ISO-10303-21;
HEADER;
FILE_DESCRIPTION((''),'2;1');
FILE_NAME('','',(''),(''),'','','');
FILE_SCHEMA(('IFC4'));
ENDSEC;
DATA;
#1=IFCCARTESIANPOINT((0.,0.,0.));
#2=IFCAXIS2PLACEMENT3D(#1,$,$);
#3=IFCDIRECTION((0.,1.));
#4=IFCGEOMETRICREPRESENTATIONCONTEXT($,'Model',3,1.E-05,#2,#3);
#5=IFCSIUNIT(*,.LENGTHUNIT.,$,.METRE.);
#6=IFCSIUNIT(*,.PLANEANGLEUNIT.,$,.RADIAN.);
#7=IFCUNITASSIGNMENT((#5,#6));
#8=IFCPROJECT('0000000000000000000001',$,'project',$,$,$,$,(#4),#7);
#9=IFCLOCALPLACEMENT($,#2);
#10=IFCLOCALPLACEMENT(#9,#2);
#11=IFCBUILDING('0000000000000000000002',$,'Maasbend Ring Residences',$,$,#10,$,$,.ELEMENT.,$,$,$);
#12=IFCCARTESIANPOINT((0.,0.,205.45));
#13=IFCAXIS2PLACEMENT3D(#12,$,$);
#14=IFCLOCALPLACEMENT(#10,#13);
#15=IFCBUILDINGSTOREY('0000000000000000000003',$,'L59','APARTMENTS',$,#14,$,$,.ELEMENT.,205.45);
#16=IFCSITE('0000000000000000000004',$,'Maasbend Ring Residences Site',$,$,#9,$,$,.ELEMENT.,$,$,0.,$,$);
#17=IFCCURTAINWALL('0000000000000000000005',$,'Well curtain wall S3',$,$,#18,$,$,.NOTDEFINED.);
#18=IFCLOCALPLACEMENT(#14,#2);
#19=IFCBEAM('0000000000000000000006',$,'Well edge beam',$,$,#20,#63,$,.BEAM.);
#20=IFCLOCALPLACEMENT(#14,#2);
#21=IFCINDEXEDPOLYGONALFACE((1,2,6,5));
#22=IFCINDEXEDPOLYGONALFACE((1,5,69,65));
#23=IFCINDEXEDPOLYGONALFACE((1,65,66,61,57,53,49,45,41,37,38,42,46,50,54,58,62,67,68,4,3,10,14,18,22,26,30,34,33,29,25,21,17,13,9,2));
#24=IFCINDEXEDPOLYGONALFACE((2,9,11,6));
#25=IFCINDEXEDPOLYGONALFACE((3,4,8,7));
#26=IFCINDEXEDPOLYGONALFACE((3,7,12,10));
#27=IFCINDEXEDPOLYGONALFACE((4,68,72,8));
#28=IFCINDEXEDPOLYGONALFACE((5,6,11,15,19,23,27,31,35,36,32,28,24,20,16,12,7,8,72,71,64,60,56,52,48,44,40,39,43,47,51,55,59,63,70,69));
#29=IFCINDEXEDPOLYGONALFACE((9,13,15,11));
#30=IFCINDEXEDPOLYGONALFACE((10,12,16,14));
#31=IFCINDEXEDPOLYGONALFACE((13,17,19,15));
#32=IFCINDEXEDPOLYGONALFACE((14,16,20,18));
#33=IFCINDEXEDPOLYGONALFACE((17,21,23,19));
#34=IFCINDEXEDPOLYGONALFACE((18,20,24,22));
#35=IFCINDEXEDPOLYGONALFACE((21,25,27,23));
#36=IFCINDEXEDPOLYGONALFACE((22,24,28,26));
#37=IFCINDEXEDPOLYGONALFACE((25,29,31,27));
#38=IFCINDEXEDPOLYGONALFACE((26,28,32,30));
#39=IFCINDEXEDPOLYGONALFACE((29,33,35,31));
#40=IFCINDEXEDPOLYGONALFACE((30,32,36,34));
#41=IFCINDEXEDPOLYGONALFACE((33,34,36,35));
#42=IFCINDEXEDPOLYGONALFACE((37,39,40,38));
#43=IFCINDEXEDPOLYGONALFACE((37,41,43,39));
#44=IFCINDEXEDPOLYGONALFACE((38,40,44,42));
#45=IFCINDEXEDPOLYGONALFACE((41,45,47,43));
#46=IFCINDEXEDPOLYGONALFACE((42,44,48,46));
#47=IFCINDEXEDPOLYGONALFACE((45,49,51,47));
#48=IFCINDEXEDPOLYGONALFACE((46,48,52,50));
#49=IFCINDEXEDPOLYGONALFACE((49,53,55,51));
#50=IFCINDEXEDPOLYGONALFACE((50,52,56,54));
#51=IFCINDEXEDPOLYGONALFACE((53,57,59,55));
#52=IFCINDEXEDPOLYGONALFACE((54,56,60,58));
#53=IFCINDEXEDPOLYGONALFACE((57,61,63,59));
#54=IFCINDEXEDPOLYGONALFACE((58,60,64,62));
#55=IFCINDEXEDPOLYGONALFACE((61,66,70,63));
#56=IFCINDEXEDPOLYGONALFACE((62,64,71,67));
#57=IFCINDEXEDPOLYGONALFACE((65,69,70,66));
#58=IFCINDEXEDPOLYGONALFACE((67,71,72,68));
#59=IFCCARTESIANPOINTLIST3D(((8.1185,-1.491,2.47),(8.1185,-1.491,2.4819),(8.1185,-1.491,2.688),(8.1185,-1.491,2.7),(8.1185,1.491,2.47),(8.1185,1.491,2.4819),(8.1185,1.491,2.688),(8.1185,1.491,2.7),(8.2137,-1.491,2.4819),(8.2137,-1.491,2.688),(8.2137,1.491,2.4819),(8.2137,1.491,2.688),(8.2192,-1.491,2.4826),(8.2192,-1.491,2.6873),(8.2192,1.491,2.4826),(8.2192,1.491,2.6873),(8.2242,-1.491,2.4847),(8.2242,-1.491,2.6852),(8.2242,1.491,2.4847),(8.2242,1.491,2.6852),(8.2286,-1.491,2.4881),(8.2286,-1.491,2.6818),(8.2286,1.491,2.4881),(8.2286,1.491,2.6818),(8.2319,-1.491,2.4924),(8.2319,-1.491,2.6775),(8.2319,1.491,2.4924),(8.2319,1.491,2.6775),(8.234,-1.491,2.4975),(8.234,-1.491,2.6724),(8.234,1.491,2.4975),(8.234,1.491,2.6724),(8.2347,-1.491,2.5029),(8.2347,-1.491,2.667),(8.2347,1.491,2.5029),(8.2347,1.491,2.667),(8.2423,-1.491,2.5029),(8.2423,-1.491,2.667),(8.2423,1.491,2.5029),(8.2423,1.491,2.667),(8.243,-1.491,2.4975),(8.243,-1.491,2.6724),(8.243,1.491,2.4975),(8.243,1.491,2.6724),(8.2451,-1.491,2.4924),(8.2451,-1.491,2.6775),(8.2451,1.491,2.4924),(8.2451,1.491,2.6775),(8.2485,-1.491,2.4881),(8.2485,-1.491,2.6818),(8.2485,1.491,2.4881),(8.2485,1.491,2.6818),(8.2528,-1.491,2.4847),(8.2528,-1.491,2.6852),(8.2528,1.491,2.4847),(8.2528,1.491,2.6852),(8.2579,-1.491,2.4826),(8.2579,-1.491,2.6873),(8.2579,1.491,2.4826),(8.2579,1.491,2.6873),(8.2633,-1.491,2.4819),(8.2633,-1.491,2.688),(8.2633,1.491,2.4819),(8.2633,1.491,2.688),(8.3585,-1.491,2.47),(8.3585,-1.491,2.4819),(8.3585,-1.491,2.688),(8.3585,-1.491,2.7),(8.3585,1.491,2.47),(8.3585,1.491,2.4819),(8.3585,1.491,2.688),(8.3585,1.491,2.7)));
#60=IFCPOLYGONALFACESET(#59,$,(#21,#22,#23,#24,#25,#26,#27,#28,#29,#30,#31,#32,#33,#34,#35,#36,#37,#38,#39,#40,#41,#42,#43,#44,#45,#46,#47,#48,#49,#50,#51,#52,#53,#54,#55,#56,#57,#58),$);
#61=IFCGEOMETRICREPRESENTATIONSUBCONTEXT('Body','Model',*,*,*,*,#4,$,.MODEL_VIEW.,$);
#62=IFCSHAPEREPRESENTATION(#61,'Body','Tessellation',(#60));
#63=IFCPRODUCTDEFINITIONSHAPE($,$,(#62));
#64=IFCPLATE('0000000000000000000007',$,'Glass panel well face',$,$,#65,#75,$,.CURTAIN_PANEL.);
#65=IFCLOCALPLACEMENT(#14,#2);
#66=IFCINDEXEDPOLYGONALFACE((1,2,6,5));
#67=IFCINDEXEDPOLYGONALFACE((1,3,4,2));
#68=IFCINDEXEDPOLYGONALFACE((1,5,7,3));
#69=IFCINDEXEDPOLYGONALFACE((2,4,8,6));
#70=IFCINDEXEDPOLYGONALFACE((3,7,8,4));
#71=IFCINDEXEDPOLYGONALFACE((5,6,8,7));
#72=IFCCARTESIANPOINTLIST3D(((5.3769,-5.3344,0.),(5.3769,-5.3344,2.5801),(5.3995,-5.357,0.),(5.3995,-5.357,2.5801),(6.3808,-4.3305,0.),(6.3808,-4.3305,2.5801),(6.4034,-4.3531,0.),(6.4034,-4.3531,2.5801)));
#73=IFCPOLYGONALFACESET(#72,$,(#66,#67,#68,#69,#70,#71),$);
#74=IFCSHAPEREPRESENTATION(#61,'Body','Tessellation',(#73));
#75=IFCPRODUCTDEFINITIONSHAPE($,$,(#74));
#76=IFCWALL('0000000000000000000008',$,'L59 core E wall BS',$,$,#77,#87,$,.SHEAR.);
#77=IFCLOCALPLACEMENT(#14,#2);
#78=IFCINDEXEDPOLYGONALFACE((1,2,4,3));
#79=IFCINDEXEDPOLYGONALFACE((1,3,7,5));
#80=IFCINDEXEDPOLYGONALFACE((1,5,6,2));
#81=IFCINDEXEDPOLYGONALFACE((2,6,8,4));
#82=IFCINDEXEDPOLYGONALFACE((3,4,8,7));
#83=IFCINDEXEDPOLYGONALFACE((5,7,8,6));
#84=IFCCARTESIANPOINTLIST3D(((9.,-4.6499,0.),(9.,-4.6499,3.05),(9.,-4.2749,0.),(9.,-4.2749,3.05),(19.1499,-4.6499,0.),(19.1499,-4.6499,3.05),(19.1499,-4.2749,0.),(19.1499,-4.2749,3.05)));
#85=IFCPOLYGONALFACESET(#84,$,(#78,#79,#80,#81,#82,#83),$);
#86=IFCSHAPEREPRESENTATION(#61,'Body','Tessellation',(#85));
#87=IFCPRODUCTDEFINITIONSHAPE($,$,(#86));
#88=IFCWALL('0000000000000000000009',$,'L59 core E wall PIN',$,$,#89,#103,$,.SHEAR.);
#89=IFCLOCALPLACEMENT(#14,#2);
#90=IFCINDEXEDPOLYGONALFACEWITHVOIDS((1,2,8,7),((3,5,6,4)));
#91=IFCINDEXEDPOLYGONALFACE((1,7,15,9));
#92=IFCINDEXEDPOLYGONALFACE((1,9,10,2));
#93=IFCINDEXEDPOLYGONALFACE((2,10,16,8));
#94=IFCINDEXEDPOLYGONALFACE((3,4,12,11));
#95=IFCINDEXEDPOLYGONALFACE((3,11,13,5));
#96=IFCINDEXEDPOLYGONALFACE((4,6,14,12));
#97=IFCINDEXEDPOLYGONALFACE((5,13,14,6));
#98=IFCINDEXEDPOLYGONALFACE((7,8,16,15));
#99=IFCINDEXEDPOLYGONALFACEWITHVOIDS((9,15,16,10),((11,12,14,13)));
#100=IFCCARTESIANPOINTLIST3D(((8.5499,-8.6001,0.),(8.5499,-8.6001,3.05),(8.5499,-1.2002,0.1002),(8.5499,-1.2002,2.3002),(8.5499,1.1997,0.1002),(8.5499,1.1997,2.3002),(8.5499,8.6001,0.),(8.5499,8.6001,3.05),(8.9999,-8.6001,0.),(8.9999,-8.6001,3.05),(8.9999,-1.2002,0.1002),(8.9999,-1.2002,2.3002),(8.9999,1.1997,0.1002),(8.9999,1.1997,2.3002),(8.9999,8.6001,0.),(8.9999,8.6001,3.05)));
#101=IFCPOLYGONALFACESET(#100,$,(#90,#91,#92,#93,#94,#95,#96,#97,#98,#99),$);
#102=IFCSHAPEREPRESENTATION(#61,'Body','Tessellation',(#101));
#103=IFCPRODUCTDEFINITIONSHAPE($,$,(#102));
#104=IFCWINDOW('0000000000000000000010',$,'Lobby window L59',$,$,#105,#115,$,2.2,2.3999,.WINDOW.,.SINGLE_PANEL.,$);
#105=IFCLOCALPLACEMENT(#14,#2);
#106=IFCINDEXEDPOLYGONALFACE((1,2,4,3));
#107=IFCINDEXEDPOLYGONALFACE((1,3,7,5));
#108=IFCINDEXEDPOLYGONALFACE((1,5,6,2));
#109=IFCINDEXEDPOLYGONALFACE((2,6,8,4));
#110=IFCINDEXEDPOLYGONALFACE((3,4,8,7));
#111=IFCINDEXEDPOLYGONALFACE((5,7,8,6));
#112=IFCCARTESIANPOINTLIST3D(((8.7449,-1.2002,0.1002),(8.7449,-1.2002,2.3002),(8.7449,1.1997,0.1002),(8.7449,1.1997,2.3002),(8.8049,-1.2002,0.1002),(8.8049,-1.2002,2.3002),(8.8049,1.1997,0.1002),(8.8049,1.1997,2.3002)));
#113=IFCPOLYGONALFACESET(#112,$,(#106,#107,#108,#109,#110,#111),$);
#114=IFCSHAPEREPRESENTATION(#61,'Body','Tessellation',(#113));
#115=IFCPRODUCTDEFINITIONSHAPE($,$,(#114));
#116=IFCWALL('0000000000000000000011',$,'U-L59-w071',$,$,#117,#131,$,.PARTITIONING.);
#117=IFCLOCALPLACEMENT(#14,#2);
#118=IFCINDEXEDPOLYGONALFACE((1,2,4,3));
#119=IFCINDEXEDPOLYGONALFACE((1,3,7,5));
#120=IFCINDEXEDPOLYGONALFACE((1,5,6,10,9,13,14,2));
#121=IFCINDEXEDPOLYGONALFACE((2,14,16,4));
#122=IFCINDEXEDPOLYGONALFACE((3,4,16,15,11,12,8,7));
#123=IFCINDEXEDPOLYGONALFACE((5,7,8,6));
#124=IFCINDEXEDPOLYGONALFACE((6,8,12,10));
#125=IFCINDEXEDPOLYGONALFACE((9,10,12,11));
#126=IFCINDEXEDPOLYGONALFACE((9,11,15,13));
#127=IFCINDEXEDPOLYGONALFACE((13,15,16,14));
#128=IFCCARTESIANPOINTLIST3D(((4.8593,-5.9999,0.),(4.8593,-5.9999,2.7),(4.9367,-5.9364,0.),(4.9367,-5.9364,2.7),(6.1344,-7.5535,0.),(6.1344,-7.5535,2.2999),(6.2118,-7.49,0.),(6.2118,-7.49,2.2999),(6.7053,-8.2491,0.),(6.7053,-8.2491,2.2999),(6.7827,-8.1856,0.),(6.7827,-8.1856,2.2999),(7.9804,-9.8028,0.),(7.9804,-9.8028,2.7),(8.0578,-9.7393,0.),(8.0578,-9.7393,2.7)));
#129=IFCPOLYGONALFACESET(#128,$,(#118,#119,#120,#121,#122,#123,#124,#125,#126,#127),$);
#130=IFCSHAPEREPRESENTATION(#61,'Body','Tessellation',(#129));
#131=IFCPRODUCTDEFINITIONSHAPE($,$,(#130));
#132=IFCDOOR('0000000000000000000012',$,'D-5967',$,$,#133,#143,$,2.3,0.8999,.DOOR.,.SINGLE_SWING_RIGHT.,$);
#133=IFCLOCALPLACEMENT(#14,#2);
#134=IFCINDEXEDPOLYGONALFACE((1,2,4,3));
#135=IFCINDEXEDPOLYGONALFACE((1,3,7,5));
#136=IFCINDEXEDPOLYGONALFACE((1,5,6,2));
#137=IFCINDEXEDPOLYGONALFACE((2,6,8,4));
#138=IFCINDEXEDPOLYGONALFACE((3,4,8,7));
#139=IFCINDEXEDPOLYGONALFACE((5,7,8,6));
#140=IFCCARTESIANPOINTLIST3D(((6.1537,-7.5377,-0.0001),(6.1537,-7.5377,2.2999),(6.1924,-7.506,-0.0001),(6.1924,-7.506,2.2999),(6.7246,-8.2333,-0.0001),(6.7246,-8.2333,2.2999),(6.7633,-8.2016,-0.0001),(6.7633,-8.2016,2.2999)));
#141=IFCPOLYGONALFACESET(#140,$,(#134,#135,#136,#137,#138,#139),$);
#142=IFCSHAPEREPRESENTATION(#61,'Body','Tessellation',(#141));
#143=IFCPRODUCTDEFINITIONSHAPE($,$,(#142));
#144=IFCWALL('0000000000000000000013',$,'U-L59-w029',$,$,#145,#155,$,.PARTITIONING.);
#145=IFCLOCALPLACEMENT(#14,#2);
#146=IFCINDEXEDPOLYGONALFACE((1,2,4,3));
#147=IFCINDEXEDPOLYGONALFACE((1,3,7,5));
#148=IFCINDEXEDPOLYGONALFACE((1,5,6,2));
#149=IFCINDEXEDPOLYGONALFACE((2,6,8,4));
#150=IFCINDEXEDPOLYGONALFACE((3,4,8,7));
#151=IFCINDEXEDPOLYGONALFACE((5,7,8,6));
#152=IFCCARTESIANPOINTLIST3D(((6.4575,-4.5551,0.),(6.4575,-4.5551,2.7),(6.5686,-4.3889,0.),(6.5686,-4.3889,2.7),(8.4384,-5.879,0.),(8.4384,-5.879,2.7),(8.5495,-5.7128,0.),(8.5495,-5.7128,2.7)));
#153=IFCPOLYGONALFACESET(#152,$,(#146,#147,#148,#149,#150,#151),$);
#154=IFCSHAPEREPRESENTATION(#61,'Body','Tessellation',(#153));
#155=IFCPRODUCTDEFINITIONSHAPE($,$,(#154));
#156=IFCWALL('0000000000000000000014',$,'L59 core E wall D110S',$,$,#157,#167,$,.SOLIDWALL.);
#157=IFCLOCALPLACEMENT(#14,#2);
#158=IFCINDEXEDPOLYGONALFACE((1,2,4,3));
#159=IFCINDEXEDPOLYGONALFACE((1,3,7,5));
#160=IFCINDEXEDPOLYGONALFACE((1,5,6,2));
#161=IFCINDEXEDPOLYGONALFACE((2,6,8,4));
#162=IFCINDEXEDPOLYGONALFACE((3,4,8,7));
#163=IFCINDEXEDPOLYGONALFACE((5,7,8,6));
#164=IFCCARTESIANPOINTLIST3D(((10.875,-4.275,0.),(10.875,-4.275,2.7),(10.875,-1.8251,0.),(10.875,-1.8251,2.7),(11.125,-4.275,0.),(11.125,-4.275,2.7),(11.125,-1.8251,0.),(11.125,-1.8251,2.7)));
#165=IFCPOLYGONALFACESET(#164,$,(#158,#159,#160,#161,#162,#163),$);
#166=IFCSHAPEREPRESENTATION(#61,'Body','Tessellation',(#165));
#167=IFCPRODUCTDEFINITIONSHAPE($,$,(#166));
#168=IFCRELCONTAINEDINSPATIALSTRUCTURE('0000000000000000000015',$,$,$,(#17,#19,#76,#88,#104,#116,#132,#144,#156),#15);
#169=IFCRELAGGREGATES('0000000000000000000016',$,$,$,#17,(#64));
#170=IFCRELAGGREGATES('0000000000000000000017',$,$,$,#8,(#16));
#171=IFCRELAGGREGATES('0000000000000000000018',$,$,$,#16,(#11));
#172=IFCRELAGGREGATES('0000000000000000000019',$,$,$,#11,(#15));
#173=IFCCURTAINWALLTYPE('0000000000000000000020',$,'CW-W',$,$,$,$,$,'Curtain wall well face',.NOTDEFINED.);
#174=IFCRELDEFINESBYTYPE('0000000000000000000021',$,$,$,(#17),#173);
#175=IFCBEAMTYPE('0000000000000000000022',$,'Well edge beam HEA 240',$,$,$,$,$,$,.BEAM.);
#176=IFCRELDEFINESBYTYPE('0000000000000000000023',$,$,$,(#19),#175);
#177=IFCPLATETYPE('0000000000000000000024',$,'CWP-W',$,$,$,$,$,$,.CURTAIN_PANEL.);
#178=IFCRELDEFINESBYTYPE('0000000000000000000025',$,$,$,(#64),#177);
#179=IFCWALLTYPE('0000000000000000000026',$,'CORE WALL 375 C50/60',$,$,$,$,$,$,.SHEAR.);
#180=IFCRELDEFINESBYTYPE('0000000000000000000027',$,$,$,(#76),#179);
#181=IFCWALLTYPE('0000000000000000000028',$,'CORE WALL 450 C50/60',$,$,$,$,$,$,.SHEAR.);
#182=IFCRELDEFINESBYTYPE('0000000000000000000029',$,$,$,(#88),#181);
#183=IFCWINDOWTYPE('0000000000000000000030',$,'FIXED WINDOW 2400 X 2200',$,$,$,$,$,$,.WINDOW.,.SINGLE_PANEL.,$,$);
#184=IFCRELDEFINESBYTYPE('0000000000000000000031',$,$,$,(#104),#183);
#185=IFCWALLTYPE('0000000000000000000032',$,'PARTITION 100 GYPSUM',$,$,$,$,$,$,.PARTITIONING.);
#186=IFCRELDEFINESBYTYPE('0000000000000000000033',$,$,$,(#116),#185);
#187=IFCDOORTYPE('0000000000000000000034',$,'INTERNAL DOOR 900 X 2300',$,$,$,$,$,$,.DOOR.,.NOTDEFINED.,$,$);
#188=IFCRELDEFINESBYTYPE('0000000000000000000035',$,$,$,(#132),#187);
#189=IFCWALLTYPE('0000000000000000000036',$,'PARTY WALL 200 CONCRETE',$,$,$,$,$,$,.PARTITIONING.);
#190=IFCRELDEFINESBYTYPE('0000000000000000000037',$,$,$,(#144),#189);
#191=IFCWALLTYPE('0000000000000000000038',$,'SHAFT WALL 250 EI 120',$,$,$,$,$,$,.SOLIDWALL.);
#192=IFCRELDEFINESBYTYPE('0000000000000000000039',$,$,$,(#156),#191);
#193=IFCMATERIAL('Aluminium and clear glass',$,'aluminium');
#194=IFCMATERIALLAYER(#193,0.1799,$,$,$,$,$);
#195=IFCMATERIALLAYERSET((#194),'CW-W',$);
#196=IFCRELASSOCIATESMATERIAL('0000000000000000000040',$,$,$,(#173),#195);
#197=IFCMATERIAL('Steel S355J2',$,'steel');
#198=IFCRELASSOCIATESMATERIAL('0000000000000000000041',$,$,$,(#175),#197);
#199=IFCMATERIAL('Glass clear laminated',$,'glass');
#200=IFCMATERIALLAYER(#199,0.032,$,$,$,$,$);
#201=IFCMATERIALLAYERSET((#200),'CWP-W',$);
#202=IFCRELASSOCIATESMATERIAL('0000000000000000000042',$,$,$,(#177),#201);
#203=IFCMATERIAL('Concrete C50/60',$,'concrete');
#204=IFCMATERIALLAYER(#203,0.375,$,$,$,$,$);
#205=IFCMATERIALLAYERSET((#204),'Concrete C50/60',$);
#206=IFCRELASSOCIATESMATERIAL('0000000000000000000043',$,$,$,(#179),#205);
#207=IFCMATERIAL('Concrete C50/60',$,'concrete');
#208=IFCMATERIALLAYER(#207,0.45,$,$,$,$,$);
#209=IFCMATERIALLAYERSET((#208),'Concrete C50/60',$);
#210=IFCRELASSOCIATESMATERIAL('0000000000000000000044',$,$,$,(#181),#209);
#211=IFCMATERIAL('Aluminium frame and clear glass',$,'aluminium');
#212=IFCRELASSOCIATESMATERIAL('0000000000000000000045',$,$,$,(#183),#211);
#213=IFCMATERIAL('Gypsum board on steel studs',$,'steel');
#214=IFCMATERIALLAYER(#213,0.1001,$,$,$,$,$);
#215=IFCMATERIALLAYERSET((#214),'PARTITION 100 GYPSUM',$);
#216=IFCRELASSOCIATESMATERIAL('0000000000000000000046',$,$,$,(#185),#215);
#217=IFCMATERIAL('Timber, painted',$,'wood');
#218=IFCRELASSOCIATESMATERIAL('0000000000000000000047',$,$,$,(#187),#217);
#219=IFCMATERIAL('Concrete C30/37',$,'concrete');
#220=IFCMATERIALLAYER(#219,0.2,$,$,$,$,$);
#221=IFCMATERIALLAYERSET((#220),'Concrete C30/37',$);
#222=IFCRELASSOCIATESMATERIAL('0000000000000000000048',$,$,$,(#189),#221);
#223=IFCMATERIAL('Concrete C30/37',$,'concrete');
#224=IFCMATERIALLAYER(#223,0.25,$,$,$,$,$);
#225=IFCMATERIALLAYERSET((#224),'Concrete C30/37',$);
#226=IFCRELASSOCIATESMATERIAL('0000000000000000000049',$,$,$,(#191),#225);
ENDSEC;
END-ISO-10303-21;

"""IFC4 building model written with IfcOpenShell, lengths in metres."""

from ifc_helpers import new_model, si_unit, direction, frame, frame_2d, origin, origin_2d, place, context, subcontext, project, spatial, rectangle, i_section, extrude, material, layer, layer_set, material_profile, profile_set, type_object, element, fill, aggregate, save


model = new_model("IFC4")

# Units and contexts
model_context = context("Model", 3, precision=1e-05, world=origin(), true_north=direction((0.0, 1.0)))
body_context = subcontext(model_context, "Body", "Model", "MODEL_VIEW")
ifc_project = project(units=[si_unit("LENGTHUNIT", "METRE"), si_unit("PLANEANGLEUNIT", "RADIAN")], contexts=[model_context])

# Site, building, storey
site_placement = place(None, origin())
site = spatial("IfcSite", under=ifc_project, at=site_placement, Name="Maasbend Ring Residences Site", CompositionType="ELEMENT", RefElevation=0.0)
building_placement = place(site_placement, origin())
building = spatial("IfcBuilding", under=site, at=building_placement, Name="Maasbend Ring Residences", CompositionType="ELEMENT")
storey_placement = place(building_placement, frame((0.0, 0.0, 205.45)))
storey = spatial("IfcBuildingStorey", under=building, at=storey_placement, Name="L59", Description="APARTMENTS", CompositionType="ELEMENT", Elevation=205.45)

# Curtain wall
ifc_material_1 = material(Name="Aluminium and clear glass", Category="aluminium")
ifc_layer_1 = layer(ifc_material_1, 0.1799)
ifc_layer_set_1 = layer_set([ifc_layer_1], Name="CW-W")
curtain_wall_type = type_object("IfcCurtainWallType", Name="CW-W", ElementType="Curtain wall well face", PredefinedType="NOTDEFINED", material=ifc_layer_set_1)
curtain_wall_placement = place(storey_placement, origin())
curtain_wall = element("IfcCurtainWall", 1, at=curtain_wall_placement, inside=storey, type_object=curtain_wall_type, Name="Well curtain wall S3", PredefinedType="NOTDEFINED")

# Beam
ifc_material_2 = material(Name="Steel S355J2", Category="steel")
ifc_material_profile_1 = material_profile(ifc_material_2, i_section(OverallWidth=0.24, OverallDepth=0.23, WebThickness=0.0076, FlangeThickness=0.012, FilletRadius=0.021, at=origin_2d()), Name="HEA 240")
ifc_profile_set_1 = profile_set([ifc_material_profile_1], Name="Steel S355J2")
beam_type = type_object("IfcBeamType", Name="Well edge beam HEA 240", PredefinedType="BEAM", material=ifc_profile_set_1)
beam_1_placement = place(storey_placement, frame((8.2385, -1.491, 2.585), z_axis=(0.0, 1.0, 0.0), x_axis=(-1.0, 0.0, 0.0)))
element("IfcBeam", 2, at=beam_1_placement, inside=storey, type_object=beam_type, Name="Well edge beam", PredefinedType="BEAM", context=body_context, shape_type="SweptSolid", body=[
    extrude(i_section(OverallWidth=0.24, OverallDepth=0.23, WebThickness=0.0076, FlangeThickness=0.012, FilletRadius=0.021, at=origin_2d()), origin(), (0.0, 0.0, 1.0), 2.9819),
])

# Plate
ifc_material_3 = material(Name="Glass clear laminated", Category="glass")
ifc_layer_2 = layer(ifc_material_3, 0.032)
ifc_layer_set_2 = layer_set([ifc_layer_2], Name="CWP-W")
plate_type = type_object("IfcPlateType", Name="CWP-W", PredefinedType="CURTAIN_PANEL", material=ifc_layer_set_2)
plate_placement = place(storey_placement, frame((5.8901, -4.8438, 0.0), z_axis=(0.0, 0.0, 1.0), x_axis=(0.707107, 0.707107, 0.0)))
plate = element("IfcPlate", 3, at=plate_placement, type_object=plate_type, Name="Glass panel well face", PredefinedType="CURTAIN_PANEL", context=body_context, shape_type="SweptSolid", body=[
    extrude(rectangle(XDim=1.4197, YDim=0.032, at=origin_2d()), origin(), (0.0, 0.0, 1.0), 2.5801),
])
aggregate(curtain_wall, [plate])

# Wall
ifc_material_4 = material(Name="Concrete C50/60", Category="concrete")
ifc_layer_3 = layer(ifc_material_4, 0.375)
ifc_layer_set_3 = layer_set([ifc_layer_3], Name="Concrete C50/60")
wall_type_1 = type_object("IfcWallType", Name="CORE WALL 375 C50/60", PredefinedType="SHEAR", material=ifc_layer_set_3)
wall_1_placement = place(storey_placement, frame((9.0, -4.4624, 0.0), z_axis=(0.0, 0.0, 1.0), x_axis=(1.0, 0.0, 0.0)))
element("IfcWall", 4, at=wall_1_placement, inside=storey, type_object=wall_type_1, Name="L59 core E wall BS", PredefinedType="SHEAR", context=body_context, shape_type="SweptSolid", body=[
    extrude(rectangle(XDim=10.1499, YDim=0.375, at=frame_2d((5.075, 0.0))), origin(), (0.0, 0.0, 1.0), 3.05),
])

# Wall, opening, window
ifc_material_5 = material(Name="Concrete C50/60", Category="concrete")
ifc_layer_4 = layer(ifc_material_5, 0.45)
ifc_layer_set_4 = layer_set([ifc_layer_4], Name="Concrete C50/60")
wall_type_2 = type_object("IfcWallType", Name="CORE WALL 450 C50/60", PredefinedType="SHEAR", material=ifc_layer_set_4)
wall_2_placement = place(storey_placement, frame((8.7749, -8.6001, 0.0), z_axis=(0.0, 0.0, 1.0), x_axis=(0.0, 1.0, 0.0)))
wall_2 = element("IfcWall", 5, at=wall_2_placement, inside=storey, type_object=wall_type_2, Name="L59 core E wall PIN", PredefinedType="SHEAR", context=body_context, shape_type="SweptSolid", body=[
    extrude(rectangle(XDim=17.2002, YDim=0.45, at=frame_2d((8.6001, 0.0))), origin(), (0.0, 0.0, 1.0), 3.05),
])
opening_1_placement = place(wall_2_placement, frame((7.3999, 0.0, 0.1001)))
opening_1 = element("IfcOpeningElement", 6, at=opening_1_placement, cuts=wall_2, PredefinedType="OPENING", context=body_context, shape_type="SweptSolid", body=[
    extrude(rectangle(XDim=2.3999, YDim=2.2, at=frame_2d((1.2, 1.1001))), frame((0.0, 0.2349, 0.0), z_axis=(0.0, -1.0, 0.0), x_axis=(1.0, 0.0, 0.0)), (0.0, 0.0, 1.0), 0.47),
])
ifc_material_6 = material(Name="Aluminium frame and clear glass", Category="aluminium")
window_type = type_object("IfcWindowType", Name="FIXED WINDOW 2400 X 2200", PartitioningType="SINGLE_PANEL", PredefinedType="WINDOW", material=ifc_material_6)
window_placement = place(opening_1_placement, origin())
window = element("IfcWindow", 7, at=window_placement, inside=storey, type_object=window_type, Name="Lobby window L59", OverallHeight=2.2, OverallWidth=2.3999, PartitioningType="SINGLE_PANEL", PredefinedType="WINDOW", context=body_context, shape_type="SweptSolid", body=[
    extrude(rectangle(XDim=2.3999, YDim=2.2, at=frame_2d((1.2, 1.1001))), frame((0.0, 0.03, 0.0), z_axis=(0.0, -1.0, 0.0), x_axis=(1.0, 0.0, 0.0)), (0.0, 0.0, 1.0), 0.0601),
])
fill(opening_1, window)

# Wall, opening, door
ifc_material_7 = material(Name="Gypsum board on steel studs", Category="steel")
ifc_layer_5 = layer(ifc_material_7, 0.1001)
ifc_layer_set_5 = layer_set([ifc_layer_5], Name="PARTITION 100 GYPSUM")
wall_type_3 = type_object("IfcWallType", Name="PARTITION 100 GYPSUM", PredefinedType="PARTITIONING", material=ifc_layer_set_5)
wall_3_placement = place(storey_placement, frame((4.8979, -5.968, 0.0), z_axis=(0.0, 0.0, 1.0), x_axis=(0.634402, -0.773003, 0.0)))
wall_3 = element("IfcWall", 8, at=wall_3_placement, inside=storey, type_object=wall_type_3, Name="U-L59-w071", PredefinedType="PARTITIONING", context=body_context, shape_type="SweptSolid", body=[
    extrude(rectangle(XDim=4.9197, YDim=0.1001, at=frame_2d((2.46, 0.0))), origin(), (0.0, 0.0, 1.0), 2.7),
])
opening_2_placement = place(wall_3_placement, frame((2.01, 0.0, 0.0)))
opening_2 = element("IfcOpeningElement", 9, at=opening_2_placement, cuts=wall_3, PredefinedType="OPENING", context=body_context, shape_type="SweptSolid", body=[
    extrude(rectangle(XDim=0.8999, YDim=2.3, at=frame_2d((0.45, 1.1499))), frame((0.0, 0.0601, 0.0), z_axis=(0.0, -1.0, 0.0), x_axis=(1.0, 0.0, 0.0)), (0.0, 0.0, 1.0), 0.1201),
])
ifc_material_8 = material(Name="Timber, painted", Category="wood")
door_type = type_object("IfcDoorType", Name="INTERNAL DOOR 900 X 2300", OperationType="NOTDEFINED", PredefinedType="DOOR", material=ifc_material_8)
door_placement = place(opening_2_placement, origin())
door = element("IfcDoor", 10, at=door_placement, inside=storey, type_object=door_type, Name="D-5967", OperationType="SINGLE_SWING_RIGHT", OverallHeight=2.3, OverallWidth=0.8999, PredefinedType="DOOR", context=body_context, shape_type="SweptSolid", body=[
    extrude(rectangle(XDim=0.8999, YDim=2.3, at=frame_2d((0.45, 1.1499))), frame((0.0, 0.0249, 0.0), z_axis=(0.0, -1.0, 0.0), x_axis=(1.0, 0.0, 0.0)), (0.0, 0.0, 1.0), 0.05),
])
fill(opening_2, door)

# Walls
ifc_material_9 = material(Name="Concrete C30/37", Category="concrete")
ifc_layer_6 = layer(ifc_material_9, 0.2)
ifc_layer_set_6 = layer_set([ifc_layer_6], Name="Concrete C30/37")
wall_type_4 = type_object("IfcWallType", Name="PARTY WALL 200 CONCRETE", PredefinedType="PARTITIONING", material=ifc_layer_set_6)
wall_4_placement = place(storey_placement, frame((6.5129, -4.4719, 0.0), z_axis=(0.0, 0.0, 1.0), x_axis=(0.831403, -0.555669, 0.0)))
element("IfcWall", 11, at=wall_4_placement, inside=storey, type_object=wall_type_4, Name="U-L59-w029", PredefinedType="PARTITIONING", context=body_context, shape_type="SweptSolid", body=[
    extrude(rectangle(XDim=2.3826, YDim=0.2, at=frame_2d((1.1914, 0.0))), origin(), (0.0, 0.0, 1.0), 2.7),
])
ifc_material_10 = material(Name="Concrete C30/37", Category="concrete")
ifc_layer_7 = layer(ifc_material_10, 0.25)
ifc_layer_set_7 = layer_set([ifc_layer_7], Name="Concrete C30/37")
wall_type_5 = type_object("IfcWallType", Name="SHAFT WALL 250 EI 120", PredefinedType="SOLIDWALL", material=ifc_layer_set_7)
wall_5_placement = place(storey_placement, frame((11.0, -1.825, 0.0), z_axis=(0.0, 0.0, 1.0), x_axis=(0.0, -1.0, 0.0)))
element("IfcWall", 12, at=wall_5_placement, inside=storey, type_object=wall_type_5, Name="L59 core E wall D110S", PredefinedType="SOLIDWALL", context=body_context, shape_type="SweptSolid", body=[
    extrude(rectangle(XDim=2.45, YDim=0.25, at=frame_2d((1.2251, 0.0))), origin(), (0.0, 0.0, 1.0), 2.7),
])

save(model, "model.ifc")
